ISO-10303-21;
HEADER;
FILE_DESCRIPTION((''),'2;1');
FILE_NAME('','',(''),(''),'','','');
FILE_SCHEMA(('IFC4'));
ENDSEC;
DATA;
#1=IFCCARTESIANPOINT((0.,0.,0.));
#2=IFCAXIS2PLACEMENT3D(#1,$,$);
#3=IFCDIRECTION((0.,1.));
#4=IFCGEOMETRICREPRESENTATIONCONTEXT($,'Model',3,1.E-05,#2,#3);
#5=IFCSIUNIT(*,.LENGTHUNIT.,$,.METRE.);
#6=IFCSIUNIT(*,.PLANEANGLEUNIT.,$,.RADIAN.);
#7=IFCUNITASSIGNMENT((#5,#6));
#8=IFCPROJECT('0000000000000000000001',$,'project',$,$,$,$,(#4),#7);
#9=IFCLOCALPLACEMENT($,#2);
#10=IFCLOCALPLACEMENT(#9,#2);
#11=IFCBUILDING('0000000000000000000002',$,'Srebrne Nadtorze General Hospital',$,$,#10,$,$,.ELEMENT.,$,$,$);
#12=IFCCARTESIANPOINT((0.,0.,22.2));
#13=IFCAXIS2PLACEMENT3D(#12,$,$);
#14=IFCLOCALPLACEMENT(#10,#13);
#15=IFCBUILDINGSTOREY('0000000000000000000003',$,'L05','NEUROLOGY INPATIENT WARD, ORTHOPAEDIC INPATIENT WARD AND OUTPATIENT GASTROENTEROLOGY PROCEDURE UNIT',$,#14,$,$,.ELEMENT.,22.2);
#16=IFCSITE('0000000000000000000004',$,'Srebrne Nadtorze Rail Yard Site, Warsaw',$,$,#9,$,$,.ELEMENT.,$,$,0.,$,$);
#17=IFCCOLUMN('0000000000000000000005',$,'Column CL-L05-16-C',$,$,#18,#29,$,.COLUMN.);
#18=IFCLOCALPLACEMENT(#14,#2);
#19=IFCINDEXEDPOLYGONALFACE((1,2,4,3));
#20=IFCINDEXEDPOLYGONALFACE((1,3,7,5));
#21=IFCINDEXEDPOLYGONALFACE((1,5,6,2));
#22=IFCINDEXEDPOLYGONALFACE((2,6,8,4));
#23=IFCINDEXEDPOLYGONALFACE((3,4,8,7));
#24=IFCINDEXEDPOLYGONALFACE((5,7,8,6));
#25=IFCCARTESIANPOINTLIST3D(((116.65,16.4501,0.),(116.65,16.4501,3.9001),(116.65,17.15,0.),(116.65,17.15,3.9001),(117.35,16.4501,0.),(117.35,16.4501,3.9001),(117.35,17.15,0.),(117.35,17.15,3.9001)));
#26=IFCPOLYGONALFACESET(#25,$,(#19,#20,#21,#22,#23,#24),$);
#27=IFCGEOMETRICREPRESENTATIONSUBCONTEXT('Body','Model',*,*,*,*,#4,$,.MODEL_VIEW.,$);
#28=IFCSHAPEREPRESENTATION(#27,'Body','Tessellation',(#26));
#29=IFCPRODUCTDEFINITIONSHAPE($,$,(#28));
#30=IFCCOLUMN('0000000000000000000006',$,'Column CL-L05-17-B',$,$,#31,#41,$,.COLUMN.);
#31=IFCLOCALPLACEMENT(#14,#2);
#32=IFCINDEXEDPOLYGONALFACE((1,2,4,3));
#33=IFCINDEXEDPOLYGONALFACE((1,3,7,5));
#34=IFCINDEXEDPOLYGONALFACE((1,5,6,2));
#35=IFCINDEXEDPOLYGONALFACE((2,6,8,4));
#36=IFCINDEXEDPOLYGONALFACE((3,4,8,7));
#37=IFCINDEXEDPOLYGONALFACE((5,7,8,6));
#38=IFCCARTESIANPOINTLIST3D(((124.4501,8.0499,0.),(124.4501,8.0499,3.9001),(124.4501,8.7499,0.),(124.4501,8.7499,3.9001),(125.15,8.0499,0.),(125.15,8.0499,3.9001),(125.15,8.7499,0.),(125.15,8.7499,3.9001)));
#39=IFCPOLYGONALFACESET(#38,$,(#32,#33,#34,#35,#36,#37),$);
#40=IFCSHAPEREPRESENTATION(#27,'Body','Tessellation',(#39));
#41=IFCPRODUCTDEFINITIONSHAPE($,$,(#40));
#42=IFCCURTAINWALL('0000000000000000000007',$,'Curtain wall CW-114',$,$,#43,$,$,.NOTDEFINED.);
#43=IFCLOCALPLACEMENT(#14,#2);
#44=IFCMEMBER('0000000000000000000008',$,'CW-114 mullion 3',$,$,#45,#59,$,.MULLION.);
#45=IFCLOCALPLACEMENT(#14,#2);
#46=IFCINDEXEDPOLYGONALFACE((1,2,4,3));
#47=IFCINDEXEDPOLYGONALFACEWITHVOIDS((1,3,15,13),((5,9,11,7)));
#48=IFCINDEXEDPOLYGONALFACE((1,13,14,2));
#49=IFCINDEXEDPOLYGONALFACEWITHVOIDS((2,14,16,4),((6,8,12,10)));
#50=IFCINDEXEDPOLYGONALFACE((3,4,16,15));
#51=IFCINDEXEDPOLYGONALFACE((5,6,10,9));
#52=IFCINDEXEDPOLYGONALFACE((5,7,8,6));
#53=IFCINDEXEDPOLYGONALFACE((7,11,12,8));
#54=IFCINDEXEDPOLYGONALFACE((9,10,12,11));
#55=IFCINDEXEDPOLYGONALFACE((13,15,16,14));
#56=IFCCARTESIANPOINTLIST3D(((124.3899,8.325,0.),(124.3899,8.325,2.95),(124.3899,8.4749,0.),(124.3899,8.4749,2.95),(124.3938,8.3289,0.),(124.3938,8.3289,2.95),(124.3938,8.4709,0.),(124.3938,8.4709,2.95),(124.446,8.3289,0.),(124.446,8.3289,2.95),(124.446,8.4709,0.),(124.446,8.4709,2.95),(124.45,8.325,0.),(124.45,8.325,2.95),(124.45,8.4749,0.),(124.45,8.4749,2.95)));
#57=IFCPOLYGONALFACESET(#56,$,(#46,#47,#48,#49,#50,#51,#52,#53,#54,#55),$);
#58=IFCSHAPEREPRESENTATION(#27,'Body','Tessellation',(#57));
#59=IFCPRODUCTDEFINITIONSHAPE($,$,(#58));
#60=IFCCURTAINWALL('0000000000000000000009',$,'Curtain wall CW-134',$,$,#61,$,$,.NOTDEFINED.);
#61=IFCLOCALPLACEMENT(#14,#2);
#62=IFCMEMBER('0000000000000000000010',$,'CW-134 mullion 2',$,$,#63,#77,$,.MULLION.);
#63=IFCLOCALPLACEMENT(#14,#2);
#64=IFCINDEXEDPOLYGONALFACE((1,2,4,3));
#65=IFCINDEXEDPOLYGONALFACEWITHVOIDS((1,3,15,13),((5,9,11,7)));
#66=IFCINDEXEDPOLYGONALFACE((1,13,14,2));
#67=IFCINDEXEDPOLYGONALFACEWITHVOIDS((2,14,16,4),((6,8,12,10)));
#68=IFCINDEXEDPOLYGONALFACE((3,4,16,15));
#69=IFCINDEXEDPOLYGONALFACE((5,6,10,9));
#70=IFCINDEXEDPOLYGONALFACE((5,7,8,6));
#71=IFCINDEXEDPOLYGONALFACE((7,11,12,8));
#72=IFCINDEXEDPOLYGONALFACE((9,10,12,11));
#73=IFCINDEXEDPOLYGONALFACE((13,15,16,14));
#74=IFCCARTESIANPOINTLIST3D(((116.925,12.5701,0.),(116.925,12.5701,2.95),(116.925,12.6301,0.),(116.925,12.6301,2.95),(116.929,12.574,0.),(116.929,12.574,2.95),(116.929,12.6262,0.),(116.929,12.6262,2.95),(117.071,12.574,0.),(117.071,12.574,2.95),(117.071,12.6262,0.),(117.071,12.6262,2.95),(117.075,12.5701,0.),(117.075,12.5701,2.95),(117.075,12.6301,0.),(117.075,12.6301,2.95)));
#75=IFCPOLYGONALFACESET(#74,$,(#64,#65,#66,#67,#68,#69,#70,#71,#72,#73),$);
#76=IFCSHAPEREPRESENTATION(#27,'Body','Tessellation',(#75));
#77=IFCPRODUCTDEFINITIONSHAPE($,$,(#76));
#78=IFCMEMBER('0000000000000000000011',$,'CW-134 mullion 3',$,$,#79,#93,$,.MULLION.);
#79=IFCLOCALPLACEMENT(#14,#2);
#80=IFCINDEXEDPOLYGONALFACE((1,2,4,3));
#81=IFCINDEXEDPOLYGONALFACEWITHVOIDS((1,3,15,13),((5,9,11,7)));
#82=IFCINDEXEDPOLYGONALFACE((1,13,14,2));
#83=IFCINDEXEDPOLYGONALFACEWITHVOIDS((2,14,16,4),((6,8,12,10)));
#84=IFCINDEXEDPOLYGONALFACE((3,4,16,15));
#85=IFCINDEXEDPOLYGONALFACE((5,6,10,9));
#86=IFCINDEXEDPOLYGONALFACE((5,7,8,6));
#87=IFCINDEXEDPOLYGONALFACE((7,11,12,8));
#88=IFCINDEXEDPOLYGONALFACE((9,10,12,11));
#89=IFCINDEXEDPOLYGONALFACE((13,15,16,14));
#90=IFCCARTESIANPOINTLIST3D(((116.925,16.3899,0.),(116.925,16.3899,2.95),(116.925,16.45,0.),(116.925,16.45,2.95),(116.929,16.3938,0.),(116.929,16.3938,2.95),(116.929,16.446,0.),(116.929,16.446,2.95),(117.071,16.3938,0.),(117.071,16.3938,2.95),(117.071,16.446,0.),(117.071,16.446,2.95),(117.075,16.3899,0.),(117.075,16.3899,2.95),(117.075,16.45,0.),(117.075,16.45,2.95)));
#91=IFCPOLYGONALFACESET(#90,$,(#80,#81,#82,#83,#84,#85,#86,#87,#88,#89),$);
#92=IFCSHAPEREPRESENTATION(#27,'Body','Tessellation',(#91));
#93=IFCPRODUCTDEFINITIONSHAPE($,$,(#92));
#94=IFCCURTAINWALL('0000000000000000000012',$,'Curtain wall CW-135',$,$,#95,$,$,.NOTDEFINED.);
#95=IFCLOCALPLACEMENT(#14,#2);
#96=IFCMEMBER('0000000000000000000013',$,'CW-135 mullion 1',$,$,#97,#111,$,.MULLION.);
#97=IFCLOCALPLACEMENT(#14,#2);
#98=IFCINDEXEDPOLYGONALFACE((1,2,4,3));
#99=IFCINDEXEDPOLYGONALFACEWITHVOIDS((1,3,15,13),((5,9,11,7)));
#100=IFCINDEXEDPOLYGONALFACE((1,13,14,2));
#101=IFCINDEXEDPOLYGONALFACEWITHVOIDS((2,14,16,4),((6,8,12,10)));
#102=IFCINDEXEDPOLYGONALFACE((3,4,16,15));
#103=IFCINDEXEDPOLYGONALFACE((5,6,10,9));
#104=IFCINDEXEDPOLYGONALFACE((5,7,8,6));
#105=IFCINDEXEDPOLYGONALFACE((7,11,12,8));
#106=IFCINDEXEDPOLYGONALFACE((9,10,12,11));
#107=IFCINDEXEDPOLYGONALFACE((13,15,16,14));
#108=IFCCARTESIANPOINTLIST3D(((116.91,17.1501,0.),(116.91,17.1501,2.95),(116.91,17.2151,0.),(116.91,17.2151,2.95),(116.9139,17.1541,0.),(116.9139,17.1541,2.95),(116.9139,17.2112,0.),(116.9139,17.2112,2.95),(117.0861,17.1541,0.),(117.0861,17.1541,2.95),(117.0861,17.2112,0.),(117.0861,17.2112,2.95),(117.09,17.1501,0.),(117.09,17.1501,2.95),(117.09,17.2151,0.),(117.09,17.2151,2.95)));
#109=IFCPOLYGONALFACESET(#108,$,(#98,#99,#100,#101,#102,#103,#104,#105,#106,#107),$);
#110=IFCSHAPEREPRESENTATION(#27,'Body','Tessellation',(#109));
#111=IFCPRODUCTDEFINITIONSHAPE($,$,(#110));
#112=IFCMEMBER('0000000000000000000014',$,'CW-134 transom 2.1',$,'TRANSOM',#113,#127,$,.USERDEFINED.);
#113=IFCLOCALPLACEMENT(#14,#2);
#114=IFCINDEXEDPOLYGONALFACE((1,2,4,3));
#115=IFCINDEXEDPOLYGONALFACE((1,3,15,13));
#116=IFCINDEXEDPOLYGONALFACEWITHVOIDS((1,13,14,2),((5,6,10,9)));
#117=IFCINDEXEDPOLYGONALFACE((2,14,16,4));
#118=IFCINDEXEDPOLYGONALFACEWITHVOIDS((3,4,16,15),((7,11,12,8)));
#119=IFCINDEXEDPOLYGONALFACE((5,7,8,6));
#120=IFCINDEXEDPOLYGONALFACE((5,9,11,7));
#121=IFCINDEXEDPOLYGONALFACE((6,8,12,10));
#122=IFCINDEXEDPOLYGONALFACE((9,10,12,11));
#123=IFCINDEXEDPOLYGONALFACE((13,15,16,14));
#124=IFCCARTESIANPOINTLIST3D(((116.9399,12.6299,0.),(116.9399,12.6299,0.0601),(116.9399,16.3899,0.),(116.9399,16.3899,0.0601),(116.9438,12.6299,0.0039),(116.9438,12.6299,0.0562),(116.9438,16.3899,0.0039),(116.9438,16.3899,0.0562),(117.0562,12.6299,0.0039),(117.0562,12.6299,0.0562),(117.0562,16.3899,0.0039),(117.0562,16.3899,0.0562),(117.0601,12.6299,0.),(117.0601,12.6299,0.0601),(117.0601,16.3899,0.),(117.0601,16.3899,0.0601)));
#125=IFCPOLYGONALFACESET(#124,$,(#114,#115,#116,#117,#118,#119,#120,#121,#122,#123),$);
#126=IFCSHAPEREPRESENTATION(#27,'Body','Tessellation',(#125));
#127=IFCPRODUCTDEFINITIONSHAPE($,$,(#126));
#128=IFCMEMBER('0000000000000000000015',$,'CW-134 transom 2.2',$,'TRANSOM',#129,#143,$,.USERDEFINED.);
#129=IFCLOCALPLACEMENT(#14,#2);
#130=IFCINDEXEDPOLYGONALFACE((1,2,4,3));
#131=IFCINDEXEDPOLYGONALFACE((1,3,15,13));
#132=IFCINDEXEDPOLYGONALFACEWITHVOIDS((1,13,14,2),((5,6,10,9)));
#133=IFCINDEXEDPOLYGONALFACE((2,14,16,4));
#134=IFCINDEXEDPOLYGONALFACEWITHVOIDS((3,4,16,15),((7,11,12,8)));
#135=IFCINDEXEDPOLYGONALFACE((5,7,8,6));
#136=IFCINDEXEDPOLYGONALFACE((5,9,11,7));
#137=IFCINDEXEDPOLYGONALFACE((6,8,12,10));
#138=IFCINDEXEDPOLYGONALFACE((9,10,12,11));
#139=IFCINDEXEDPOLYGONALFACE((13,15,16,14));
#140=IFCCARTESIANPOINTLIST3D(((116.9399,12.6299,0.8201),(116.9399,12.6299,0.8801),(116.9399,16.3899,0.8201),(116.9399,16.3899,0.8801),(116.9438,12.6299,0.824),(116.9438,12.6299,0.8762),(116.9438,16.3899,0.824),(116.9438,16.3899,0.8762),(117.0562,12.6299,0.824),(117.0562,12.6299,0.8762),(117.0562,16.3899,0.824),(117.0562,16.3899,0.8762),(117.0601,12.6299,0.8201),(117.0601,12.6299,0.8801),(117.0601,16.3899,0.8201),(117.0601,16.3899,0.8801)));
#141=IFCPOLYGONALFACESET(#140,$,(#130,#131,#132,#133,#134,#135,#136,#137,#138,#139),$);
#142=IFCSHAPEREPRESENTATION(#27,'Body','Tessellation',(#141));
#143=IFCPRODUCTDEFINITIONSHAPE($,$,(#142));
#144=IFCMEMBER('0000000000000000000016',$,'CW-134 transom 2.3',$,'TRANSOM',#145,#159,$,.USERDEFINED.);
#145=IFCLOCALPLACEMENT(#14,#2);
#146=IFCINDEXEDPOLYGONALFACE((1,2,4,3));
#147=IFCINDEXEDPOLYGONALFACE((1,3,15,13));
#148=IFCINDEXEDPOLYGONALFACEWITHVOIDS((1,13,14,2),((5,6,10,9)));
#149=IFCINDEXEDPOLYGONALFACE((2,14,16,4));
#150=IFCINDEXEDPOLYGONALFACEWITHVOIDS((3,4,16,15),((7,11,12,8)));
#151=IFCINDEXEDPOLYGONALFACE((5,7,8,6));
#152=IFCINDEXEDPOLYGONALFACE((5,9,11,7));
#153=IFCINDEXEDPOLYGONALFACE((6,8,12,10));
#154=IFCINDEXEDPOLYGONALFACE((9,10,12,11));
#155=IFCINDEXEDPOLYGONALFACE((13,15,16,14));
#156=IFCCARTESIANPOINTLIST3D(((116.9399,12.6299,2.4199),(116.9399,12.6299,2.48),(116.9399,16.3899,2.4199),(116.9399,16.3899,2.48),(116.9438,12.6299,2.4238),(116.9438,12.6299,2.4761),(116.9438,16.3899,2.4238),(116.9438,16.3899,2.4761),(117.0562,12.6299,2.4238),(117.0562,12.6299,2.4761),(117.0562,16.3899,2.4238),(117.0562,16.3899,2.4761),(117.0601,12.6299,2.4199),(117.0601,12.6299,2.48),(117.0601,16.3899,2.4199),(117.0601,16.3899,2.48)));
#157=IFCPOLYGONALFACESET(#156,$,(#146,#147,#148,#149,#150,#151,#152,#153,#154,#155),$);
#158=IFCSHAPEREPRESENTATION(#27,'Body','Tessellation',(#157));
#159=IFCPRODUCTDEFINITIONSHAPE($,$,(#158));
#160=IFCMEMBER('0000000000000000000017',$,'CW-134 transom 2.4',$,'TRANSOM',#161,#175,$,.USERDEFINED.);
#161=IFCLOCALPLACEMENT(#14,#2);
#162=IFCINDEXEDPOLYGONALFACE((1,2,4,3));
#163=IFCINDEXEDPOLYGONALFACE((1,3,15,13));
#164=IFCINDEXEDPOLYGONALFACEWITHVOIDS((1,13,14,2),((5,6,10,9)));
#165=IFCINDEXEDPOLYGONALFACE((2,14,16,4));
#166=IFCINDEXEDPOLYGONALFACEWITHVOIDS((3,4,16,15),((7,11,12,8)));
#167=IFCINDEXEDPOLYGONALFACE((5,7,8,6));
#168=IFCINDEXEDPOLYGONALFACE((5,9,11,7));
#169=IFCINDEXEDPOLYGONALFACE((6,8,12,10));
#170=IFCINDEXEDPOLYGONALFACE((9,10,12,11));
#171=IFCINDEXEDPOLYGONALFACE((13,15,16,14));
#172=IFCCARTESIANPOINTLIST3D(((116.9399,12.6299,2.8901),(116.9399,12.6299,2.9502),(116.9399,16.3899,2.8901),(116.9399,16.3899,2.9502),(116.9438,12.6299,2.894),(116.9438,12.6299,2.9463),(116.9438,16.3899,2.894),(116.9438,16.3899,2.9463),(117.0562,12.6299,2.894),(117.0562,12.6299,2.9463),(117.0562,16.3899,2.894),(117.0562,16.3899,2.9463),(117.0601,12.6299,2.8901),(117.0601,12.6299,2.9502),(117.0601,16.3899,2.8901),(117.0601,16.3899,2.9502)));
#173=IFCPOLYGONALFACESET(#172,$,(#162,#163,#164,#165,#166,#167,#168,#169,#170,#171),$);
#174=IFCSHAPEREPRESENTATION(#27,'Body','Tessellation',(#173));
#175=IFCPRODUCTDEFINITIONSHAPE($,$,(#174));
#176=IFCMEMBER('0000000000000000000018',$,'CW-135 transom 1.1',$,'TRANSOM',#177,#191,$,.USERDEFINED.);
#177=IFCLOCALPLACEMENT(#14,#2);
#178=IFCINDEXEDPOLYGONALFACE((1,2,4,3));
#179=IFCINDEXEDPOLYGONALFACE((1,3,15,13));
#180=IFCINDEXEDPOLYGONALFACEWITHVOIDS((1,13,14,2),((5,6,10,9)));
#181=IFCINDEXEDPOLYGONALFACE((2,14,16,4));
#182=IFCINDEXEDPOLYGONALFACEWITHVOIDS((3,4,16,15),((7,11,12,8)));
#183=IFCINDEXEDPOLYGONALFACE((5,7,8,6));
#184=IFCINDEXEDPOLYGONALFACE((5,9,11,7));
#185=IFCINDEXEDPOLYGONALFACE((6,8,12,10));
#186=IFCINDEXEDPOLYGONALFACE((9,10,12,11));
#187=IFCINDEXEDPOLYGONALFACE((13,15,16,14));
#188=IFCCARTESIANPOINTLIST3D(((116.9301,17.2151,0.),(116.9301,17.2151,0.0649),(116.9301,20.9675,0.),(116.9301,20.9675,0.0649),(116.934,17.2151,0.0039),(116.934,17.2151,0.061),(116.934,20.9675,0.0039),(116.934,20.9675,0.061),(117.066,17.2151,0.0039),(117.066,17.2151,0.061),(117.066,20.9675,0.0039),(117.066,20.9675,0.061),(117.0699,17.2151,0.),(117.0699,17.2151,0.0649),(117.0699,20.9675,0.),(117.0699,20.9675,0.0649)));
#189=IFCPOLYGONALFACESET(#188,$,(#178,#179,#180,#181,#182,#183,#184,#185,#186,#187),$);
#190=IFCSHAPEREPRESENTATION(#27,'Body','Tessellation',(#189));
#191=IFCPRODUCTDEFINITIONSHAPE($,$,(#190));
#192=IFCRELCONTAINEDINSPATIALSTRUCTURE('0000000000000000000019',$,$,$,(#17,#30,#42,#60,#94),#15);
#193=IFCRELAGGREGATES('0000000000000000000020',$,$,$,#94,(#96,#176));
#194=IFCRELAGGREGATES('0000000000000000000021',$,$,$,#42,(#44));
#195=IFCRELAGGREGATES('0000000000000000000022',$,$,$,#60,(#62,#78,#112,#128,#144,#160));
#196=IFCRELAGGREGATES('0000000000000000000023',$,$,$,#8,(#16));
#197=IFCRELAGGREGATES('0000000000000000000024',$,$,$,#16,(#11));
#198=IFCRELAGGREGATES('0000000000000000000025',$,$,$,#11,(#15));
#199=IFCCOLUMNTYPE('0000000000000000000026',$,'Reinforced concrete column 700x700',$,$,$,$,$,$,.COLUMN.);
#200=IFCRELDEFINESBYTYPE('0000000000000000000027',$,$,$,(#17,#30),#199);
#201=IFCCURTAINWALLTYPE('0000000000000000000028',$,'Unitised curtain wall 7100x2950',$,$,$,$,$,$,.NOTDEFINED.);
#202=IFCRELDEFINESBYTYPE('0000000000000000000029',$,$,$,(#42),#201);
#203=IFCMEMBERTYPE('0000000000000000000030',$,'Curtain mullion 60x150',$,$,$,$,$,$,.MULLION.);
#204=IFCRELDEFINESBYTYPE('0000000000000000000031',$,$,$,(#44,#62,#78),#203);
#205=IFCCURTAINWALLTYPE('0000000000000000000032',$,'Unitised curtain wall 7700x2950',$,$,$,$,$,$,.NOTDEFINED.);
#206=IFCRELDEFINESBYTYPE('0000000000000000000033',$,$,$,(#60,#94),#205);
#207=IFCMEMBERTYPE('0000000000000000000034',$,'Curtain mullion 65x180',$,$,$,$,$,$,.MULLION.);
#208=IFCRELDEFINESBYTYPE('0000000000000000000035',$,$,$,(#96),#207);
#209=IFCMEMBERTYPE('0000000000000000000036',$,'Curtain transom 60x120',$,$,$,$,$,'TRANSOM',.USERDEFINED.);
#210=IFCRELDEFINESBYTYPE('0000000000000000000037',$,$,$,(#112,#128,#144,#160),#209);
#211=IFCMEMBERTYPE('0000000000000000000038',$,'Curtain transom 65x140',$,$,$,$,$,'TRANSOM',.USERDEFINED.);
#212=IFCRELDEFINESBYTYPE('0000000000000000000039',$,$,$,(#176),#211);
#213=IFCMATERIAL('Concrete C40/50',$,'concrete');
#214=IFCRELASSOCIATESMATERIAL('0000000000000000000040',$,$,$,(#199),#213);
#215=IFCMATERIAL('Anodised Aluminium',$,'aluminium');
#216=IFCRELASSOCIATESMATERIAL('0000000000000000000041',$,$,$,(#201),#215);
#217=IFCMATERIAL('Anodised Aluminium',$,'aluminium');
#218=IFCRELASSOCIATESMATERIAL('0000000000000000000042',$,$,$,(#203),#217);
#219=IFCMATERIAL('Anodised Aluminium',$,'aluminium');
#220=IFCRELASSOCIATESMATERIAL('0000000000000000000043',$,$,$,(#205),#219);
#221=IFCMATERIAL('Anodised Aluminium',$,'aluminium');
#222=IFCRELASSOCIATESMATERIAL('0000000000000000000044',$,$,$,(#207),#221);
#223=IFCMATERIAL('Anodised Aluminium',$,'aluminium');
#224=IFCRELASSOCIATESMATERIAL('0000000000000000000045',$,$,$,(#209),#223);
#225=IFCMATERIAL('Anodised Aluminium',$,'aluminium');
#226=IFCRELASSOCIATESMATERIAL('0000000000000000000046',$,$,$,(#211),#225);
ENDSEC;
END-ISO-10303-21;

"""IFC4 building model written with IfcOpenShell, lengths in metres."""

from ifc_helpers import new_model, si_unit, direction, frame, origin, origin_2d, place, context, subcontext, project, spatial, rectangle, hollow_rectangle, extrude, material, material_profile, profile_set, type_object, element, aggregate, save


model = new_model("IFC4")

# Units and contexts
model_context = context("Model", 3, precision=1e-05, world=origin(), true_north=direction((0.0, 1.0)))
body_context = subcontext(model_context, "Body", "Model", "MODEL_VIEW")
ifc_project = project(units=[si_unit("LENGTHUNIT", "METRE"), si_unit("PLANEANGLEUNIT", "RADIAN")], contexts=[model_context])

# Site, building, storey
site_placement = place(None, origin())
site = spatial("IfcSite", under=ifc_project, at=site_placement, Name="Srebrne Nadtorze Rail Yard Site, Warsaw", CompositionType="ELEMENT", RefElevation=0.0)
building_placement = place(site_placement, origin())
building = spatial("IfcBuilding", under=site, at=building_placement, Name="Srebrne Nadtorze General Hospital", CompositionType="ELEMENT")
storey_placement = place(building_placement, frame((0.0, 0.0, 22.2)))
storey = spatial("IfcBuildingStorey", under=building, at=storey_placement, Name="L05", Description="NEUROLOGY INPATIENT WARD, ORTHOPAEDIC INPATIENT WARD AND OUTPATIENT GASTROENTEROLOGY PROCEDURE UNIT", CompositionType="ELEMENT", Elevation=22.2)

# Columns
ifc_material_1 = material(Name="Concrete C40/50", Category="concrete")
ifc_material_profile_1 = material_profile(ifc_material_1, rectangle(XDim=0.7, YDim=0.7, at=origin_2d()), Name="RC-COL-700x700")
ifc_profile_set_1 = profile_set([ifc_material_profile_1], Name="Concrete C40/50")
column_type = type_object("IfcColumnType", Name="Reinforced concrete column 700x700", PredefinedType="COLUMN", material=ifc_profile_set_1)
for number, where, z_axis, x_axis, name in (
    (1, (117.0, 16.8, 0.0), (0.0, 0.0, 1.0), (1.0, 0.0, 0.0), "Column CL-L05-16-C"),
    (2, (124.8, 8.3999, 0.0), (0.0, 0.0, 1.0), (1.0, 0.0, 0.0), "Column CL-L05-17-B"),
):
    element("IfcColumn", number, at=place(storey_placement, frame(where, z_axis=z_axis, x_axis=x_axis)), inside=storey, type_object=column_type, Name=name, PredefinedType="COLUMN", context=body_context, shape_type="SweptSolid", body=[
        extrude(rectangle(XDim=0.7, YDim=0.7, at=origin_2d()), origin(), (0.0, 0.0, 1.0), 3.9001),
    ])

# Curtain wall, member
ifc_material_2 = material(Name="Anodised Aluminium", Category="aluminium")
curtain_wall_type_1 = type_object("IfcCurtainWallType", Name="Unitised curtain wall 7100x2950", PredefinedType="NOTDEFINED", material=ifc_material_2)
curtain_wall_1_placement = place(storey_placement, origin())
curtain_wall_1 = element("IfcCurtainWall", 3, at=curtain_wall_1_placement, inside=storey, type_object=curtain_wall_type_1, Name="Curtain wall CW-114", PredefinedType="NOTDEFINED")
ifc_material_3 = material(Name="Anodised Aluminium", Category="aluminium")
ifc_material_profile_2 = material_profile(ifc_material_3, hollow_rectangle(XDim=0.0601, YDim=0.1499, WallThickness=0.0039, at=origin_2d()), Name="AL-MUL-60x150")
ifc_profile_set_2 = profile_set([ifc_material_profile_2], Name="Anodised Aluminium")
member_type_1 = type_object("IfcMemberType", Name="Curtain mullion 60x150", PredefinedType="MULLION", material=ifc_profile_set_2)
member_1_placement = place(storey_placement, frame((124.4199, 8.3999, 0.0), z_axis=(0.0, 0.0, 1.0), x_axis=(1.0, 0.0, 0.0)))
member_1 = element("IfcMember", 4, at=member_1_placement, type_object=member_type_1, Name="CW-114 mullion 3", PredefinedType="MULLION", context=body_context, shape_type="SweptSolid", body=[
    extrude(hollow_rectangle(XDim=0.0601, YDim=0.1499, WallThickness=0.0039, at=origin_2d()), origin(), (0.0, 0.0, 1.0), 2.95),
])

# Curtain wall, members
ifc_material_4 = material(Name="Anodised Aluminium", Category="aluminium")
curtain_wall_type_2 = type_object("IfcCurtainWallType", Name="Unitised curtain wall 7700x2950", PredefinedType="NOTDEFINED", material=ifc_material_4)
curtain_wall_2_placement = place(storey_placement, origin())
curtain_wall_2 = element("IfcCurtainWall", 5, at=curtain_wall_2_placement, inside=storey, type_object=curtain_wall_type_2, Name="Curtain wall CW-134", PredefinedType="NOTDEFINED")
member_2_placement = place(storey_placement, frame((117.0, 12.6001, 0.0), z_axis=(0.0, 0.0, 1.0), x_axis=(0.0, 1.0, 0.0)))
member_2 = element("IfcMember", 6, at=member_2_placement, type_object=member_type_1, Name="CW-134 mullion 2", PredefinedType="MULLION", context=body_context, shape_type="SweptSolid", body=[
    extrude(hollow_rectangle(XDim=0.0601, YDim=0.1499, WallThickness=0.0039, at=origin_2d()), origin(), (0.0, 0.0, 1.0), 2.95),
])
member_3_placement = place(storey_placement, frame((117.0, 16.4199, 0.0), z_axis=(0.0, 0.0, 1.0), x_axis=(0.0, 1.0, 0.0)))
member_3 = element("IfcMember", 7, at=member_3_placement, type_object=member_type_1, Name="CW-134 mullion 3", PredefinedType="MULLION", context=body_context, shape_type="SweptSolid", body=[
    extrude(hollow_rectangle(XDim=0.0601, YDim=0.1499, WallThickness=0.0039, at=origin_2d()), origin(), (0.0, 0.0, 1.0), 2.95),
])

# Curtain wall, member
curtain_wall_3_placement = place(storey_placement, origin())
curtain_wall_3 = element("IfcCurtainWall", 8, at=curtain_wall_3_placement, inside=storey, type_object=curtain_wall_type_2, Name="Curtain wall CW-135", PredefinedType="NOTDEFINED")
ifc_material_5 = material(Name="Anodised Aluminium", Category="aluminium")
ifc_material_profile_3 = material_profile(ifc_material_5, hollow_rectangle(XDim=0.0649, YDim=0.1799, WallThickness=0.0039, at=origin_2d()), Name="AL-MUL-65x180")
ifc_profile_set_3 = profile_set([ifc_material_profile_3], Name="Anodised Aluminium")
member_type_2 = type_object("IfcMemberType", Name="Curtain mullion 65x180", PredefinedType="MULLION", material=ifc_profile_set_3)
member_4_placement = place(storey_placement, frame((117.0, 17.1826, 0.0), z_axis=(0.0, 0.0, 1.0), x_axis=(0.0, 1.0, 0.0)))
member_4 = element("IfcMember", 9, at=member_4_placement, type_object=member_type_2, Name="CW-135 mullion 1", PredefinedType="MULLION", context=body_context, shape_type="SweptSolid", body=[
    extrude(hollow_rectangle(XDim=0.0649, YDim=0.1799, WallThickness=0.0039, at=origin_2d()), origin(), (0.0, 0.0, 1.0), 2.95),
])

# Members
ifc_material_6 = material(Name="Anodised Aluminium", Category="aluminium")
ifc_material_profile_4 = material_profile(ifc_material_6, hollow_rectangle(XDim=0.0601, YDim=0.1201, WallThickness=0.0039, at=origin_2d()), Name="AL-TRN-60x120")
ifc_profile_set_4 = profile_set([ifc_material_profile_4], Name="Anodised Aluminium")
member_type_3 = type_object("IfcMemberType", Name="Curtain transom 60x120", ElementType="TRANSOM", PredefinedType="USERDEFINED", material=ifc_profile_set_4)
member_5_placement = place(storey_placement, frame((117.0, 12.6299, 0.03), z_axis=(0.0, 1.0, 0.0), x_axis=(0.0, 0.0, 1.0)))
member_5 = element("IfcMember", 10, at=member_5_placement, type_object=member_type_3, Name="CW-134 transom 2.1", ObjectType="TRANSOM", PredefinedType="USERDEFINED", context=body_context, shape_type="SweptSolid", body=[
    extrude(hollow_rectangle(XDim=0.0601, YDim=0.1201, WallThickness=0.0039, at=origin_2d()), origin(), (0.0, 0.0, 1.0), 3.76),
])
member_6_placement = place(storey_placement, frame((117.0, 12.6299, 0.8501), z_axis=(0.0, 1.0, 0.0), x_axis=(0.0, 0.0, 1.0)))
member_6 = element("IfcMember", 11, at=member_6_placement, type_object=member_type_3, Name="CW-134 transom 2.2", ObjectType="TRANSOM", PredefinedType="USERDEFINED", context=body_context, shape_type="SweptSolid", body=[
    extrude(hollow_rectangle(XDim=0.0601, YDim=0.1201, WallThickness=0.0039, at=origin_2d()), origin(), (0.0, 0.0, 1.0), 3.76),
])
member_7_placement = place(storey_placement, frame((117.0, 12.6299, 2.45), z_axis=(0.0, 1.0, 0.0), x_axis=(0.0, 0.0, 1.0)))
member_7 = element("IfcMember", 12, at=member_7_placement, type_object=member_type_3, Name="CW-134 transom 2.3", ObjectType="TRANSOM", PredefinedType="USERDEFINED", context=body_context, shape_type="SweptSolid", body=[
    extrude(hollow_rectangle(XDim=0.0601, YDim=0.1201, WallThickness=0.0039, at=origin_2d()), origin(), (0.0, 0.0, 1.0), 3.76),
])
member_8_placement = place(storey_placement, frame((117.0, 12.6299, 2.9202), z_axis=(0.0, 1.0, 0.0), x_axis=(0.0, 0.0, 1.0)))
member_8 = element("IfcMember", 13, at=member_8_placement, type_object=member_type_3, Name="CW-134 transom 2.4", ObjectType="TRANSOM", PredefinedType="USERDEFINED", context=body_context, shape_type="SweptSolid", body=[
    extrude(hollow_rectangle(XDim=0.0601, YDim=0.1201, WallThickness=0.0039, at=origin_2d()), origin(), (0.0, 0.0, 1.0), 3.76),
])
ifc_material_7 = material(Name="Anodised Aluminium", Category="aluminium")
ifc_material_profile_5 = material_profile(ifc_material_7, hollow_rectangle(XDim=0.0649, YDim=0.1399, WallThickness=0.0039, at=origin_2d()), Name="AL-TRN-65x140")
ifc_profile_set_5 = profile_set([ifc_material_profile_5], Name="Anodised Aluminium")
member_type_4 = type_object("IfcMemberType", Name="Curtain transom 65x140", ElementType="TRANSOM", PredefinedType="USERDEFINED", material=ifc_profile_set_5)
member_9_placement = place(storey_placement, frame((117.0, 17.2151, 0.0325), z_axis=(0.0, 1.0, 0.0), x_axis=(0.0, 0.0, 1.0)))
member_9 = element("IfcMember", 14, at=member_9_placement, type_object=member_type_4, Name="CW-135 transom 1.1", ObjectType="TRANSOM", PredefinedType="USERDEFINED", context=body_context, shape_type="SweptSolid", body=[
    extrude(hollow_rectangle(XDim=0.0649, YDim=0.1399, WallThickness=0.0039, at=origin_2d()), origin(), (0.0, 0.0, 1.0), 3.7524),
])
aggregate(curtain_wall_3, [member_4, member_9])

aggregate(curtain_wall_1, [member_1])
aggregate(curtain_wall_2, [member_2, member_3, member_5, member_6, member_7, member_8])

save(model, "model.ifc")
